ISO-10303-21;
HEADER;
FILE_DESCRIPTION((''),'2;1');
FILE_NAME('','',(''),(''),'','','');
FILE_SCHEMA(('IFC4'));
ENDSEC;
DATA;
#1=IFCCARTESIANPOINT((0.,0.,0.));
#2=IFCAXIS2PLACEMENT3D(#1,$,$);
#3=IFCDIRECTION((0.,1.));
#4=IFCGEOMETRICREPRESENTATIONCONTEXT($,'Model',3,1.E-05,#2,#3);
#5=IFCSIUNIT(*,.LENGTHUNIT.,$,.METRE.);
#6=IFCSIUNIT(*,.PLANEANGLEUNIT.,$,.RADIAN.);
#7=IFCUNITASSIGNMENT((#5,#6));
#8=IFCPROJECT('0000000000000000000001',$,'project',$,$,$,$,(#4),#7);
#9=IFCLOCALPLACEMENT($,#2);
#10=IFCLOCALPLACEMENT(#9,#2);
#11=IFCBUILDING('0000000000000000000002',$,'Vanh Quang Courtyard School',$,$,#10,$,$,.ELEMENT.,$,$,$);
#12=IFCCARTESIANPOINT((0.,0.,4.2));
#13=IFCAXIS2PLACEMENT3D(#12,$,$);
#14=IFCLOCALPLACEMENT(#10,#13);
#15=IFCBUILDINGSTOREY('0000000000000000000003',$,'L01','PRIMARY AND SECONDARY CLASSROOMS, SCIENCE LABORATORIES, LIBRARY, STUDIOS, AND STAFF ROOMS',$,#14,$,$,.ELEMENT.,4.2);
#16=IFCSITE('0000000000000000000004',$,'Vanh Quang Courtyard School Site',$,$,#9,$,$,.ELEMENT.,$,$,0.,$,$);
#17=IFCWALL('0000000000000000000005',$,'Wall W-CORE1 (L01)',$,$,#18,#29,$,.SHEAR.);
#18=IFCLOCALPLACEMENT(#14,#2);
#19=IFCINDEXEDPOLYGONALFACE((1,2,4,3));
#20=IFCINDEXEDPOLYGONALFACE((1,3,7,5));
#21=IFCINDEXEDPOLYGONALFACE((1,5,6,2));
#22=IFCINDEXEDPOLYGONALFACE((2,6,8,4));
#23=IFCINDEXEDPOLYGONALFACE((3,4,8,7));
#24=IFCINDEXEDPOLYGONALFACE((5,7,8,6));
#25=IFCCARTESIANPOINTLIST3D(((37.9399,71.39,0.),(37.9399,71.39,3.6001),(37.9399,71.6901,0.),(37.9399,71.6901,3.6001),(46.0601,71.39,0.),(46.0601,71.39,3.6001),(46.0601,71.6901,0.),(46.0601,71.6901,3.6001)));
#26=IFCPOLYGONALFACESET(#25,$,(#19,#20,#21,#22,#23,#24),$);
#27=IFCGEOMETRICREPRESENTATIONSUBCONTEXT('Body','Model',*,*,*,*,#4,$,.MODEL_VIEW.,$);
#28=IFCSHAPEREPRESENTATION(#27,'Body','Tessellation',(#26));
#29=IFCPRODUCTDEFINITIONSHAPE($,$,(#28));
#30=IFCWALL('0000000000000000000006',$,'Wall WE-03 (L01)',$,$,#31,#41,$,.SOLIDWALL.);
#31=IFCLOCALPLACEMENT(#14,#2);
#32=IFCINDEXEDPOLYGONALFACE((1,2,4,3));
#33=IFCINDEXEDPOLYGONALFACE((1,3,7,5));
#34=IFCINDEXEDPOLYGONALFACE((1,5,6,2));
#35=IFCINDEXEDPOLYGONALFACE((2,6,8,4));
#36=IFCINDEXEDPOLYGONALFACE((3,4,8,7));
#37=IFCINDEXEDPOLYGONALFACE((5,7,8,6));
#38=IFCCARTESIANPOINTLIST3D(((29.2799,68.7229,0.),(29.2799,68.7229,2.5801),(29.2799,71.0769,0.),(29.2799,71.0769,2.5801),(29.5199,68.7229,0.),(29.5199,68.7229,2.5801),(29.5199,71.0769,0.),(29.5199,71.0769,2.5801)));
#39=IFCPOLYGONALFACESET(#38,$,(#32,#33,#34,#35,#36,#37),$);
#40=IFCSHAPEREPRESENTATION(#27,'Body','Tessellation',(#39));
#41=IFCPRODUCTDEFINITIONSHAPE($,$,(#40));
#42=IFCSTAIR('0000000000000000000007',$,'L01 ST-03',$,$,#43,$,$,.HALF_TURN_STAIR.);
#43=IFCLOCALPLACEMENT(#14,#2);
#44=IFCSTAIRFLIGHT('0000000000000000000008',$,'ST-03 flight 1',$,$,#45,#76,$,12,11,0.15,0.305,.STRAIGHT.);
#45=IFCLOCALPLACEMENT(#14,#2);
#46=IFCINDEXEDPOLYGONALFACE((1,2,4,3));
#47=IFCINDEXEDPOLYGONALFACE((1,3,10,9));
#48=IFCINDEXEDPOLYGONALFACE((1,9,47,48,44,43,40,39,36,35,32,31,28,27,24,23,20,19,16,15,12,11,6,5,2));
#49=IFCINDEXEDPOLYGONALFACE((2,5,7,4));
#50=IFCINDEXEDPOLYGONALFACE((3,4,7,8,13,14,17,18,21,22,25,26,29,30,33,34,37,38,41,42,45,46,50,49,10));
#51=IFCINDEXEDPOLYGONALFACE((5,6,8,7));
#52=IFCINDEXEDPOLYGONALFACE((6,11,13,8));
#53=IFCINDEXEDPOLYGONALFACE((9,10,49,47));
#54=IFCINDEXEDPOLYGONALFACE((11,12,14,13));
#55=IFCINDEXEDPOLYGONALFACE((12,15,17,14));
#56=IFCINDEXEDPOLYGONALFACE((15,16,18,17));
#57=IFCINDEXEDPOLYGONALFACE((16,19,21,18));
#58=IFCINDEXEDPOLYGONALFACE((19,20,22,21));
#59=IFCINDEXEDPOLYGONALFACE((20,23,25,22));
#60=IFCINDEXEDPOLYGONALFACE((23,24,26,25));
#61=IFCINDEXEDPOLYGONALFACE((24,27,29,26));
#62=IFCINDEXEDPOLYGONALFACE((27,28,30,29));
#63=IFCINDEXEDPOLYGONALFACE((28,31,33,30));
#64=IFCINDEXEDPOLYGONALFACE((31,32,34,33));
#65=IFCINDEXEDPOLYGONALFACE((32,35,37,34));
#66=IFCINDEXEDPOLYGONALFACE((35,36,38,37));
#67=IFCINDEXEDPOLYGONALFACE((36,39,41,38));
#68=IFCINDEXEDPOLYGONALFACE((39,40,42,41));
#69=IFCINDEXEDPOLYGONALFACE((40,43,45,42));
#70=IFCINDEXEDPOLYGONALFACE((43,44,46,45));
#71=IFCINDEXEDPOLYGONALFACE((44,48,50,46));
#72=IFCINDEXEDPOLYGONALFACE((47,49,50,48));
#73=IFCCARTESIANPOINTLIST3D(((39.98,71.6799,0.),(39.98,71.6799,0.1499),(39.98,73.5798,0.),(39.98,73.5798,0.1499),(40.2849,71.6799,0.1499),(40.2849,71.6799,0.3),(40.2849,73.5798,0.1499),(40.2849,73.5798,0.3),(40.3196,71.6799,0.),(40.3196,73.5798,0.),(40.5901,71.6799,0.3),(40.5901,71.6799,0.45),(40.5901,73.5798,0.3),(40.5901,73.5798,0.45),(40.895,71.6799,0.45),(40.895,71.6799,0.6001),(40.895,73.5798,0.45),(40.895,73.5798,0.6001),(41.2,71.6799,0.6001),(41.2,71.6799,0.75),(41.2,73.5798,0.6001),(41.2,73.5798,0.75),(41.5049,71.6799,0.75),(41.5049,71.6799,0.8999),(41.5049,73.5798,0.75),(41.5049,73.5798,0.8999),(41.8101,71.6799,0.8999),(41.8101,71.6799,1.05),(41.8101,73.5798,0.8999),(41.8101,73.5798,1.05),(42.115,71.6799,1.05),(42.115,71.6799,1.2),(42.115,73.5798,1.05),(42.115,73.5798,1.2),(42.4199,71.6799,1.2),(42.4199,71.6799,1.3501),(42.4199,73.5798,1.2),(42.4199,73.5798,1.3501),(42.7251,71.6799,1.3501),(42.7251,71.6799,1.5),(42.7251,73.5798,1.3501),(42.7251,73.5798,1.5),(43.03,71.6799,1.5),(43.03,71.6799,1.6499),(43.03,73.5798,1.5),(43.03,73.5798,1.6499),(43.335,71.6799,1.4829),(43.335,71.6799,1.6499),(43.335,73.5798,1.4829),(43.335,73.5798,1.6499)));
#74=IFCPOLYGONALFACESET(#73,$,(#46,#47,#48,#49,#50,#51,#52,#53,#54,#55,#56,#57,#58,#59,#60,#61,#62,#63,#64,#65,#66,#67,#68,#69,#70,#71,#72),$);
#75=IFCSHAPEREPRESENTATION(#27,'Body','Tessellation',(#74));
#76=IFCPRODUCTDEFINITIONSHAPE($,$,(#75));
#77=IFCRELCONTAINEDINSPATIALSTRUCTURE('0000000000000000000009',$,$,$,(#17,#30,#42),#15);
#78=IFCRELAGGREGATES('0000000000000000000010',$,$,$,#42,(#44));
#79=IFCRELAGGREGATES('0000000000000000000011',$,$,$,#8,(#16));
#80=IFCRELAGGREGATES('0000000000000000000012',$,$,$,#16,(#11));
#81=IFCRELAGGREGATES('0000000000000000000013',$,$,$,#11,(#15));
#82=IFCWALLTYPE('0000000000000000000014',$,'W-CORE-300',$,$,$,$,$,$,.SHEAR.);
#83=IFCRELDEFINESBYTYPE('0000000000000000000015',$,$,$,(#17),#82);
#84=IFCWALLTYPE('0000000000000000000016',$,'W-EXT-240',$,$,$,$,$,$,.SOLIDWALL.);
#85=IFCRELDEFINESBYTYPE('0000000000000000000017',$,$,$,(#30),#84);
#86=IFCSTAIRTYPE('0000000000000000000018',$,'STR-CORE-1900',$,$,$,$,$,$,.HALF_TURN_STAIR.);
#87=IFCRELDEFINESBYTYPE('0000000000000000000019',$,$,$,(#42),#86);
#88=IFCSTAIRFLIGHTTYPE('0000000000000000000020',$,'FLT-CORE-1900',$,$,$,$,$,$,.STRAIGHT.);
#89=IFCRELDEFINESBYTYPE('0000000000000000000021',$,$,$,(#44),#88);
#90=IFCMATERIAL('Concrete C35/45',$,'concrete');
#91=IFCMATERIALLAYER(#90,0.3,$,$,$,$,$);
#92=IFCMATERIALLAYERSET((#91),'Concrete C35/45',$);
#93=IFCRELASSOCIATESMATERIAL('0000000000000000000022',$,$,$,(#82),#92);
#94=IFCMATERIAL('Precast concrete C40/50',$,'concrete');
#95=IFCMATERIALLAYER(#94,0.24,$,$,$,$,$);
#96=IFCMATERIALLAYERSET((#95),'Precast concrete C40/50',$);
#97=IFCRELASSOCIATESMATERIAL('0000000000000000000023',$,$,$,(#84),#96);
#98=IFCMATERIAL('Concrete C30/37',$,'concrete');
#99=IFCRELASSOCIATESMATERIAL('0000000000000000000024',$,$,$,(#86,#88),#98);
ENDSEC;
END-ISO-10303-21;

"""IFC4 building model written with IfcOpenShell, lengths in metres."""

from ifc_helpers import new_model, si_unit, direction, frame, frame_2d, origin, place, context, subcontext, project, spatial, polyline, rectangle, outline, extrude, material, layer, layer_set, type_object, element, aggregate, save


model = new_model("IFC4")

# Units and contexts
model_context = context("Model", 3, precision=1e-05, world=origin(), true_north=direction((0.0, 1.0)))
body_context = subcontext(model_context, "Body", "Model", "MODEL_VIEW")
ifc_project = project(units=[si_unit("LENGTHUNIT", "METRE"), si_unit("PLANEANGLEUNIT", "RADIAN")], contexts=[model_context])

# Site, building, storey
site_placement = place(None, origin())
site = spatial("IfcSite", under=ifc_project, at=site_placement, Name="Vanh Quang Courtyard School Site", CompositionType="ELEMENT", RefElevation=0.0)
building_placement = place(site_placement, origin())
building = spatial("IfcBuilding", under=site, at=building_placement, Name="Vanh Quang Courtyard School", CompositionType="ELEMENT")
storey_placement = place(building_placement, frame((0.0, 0.0, 4.2)))
storey = spatial("IfcBuildingStorey", under=building, at=storey_placement, Name="L01", Description="PRIMARY AND SECONDARY CLASSROOMS, SCIENCE LABORATORIES, LIBRARY, STUDIOS, AND STAFF ROOMS", CompositionType="ELEMENT", Elevation=4.2)

# Shared definitions
ifc_material_1 = material(Name="Concrete C35/45", Category="concrete")

# Shared definitions
ifc_material_2 = material(Name="Concrete C30/37", Category="concrete")

# Walls
ifc_layer_1 = layer(ifc_material_1, 0.3)
ifc_layer_set_1 = layer_set([ifc_layer_1], Name="Concrete C35/45")
wall_type_1 = type_object("IfcWallType", Name="W-CORE-300", PredefinedType="SHEAR", material=ifc_layer_set_1)
wall_1_placement = place(storey_placement, frame((37.9399, 71.54, 0.0), z_axis=(0.0, 0.0, 1.0), x_axis=(1.0, 0.0, 0.0)))
element("IfcWall", 1, at=wall_1_placement, inside=storey, type_object=wall_type_1, Name="Wall W-CORE1 (L01)", PredefinedType="SHEAR", context=body_context, shape_type="SweptSolid", body=[
    extrude(rectangle(XDim=8.1201, YDim=0.3, at=frame_2d((4.0601, 0.0))), origin(), (0.0, 0.0, 1.0), 3.6001),
])
ifc_material_3 = material(Name="Precast concrete C40/50", Category="concrete")
ifc_layer_2 = layer(ifc_material_3, 0.24)
ifc_layer_set_2 = layer_set([ifc_layer_2], Name="Precast concrete C40/50")
wall_type_2 = type_object("IfcWallType", Name="W-EXT-240", PredefinedType="SOLIDWALL", material=ifc_layer_set_2)
wall_2_placement = place(storey_placement, frame((29.3999, 68.7229, 0.0), z_axis=(0.0, 0.0, 1.0), x_axis=(0.0, 1.0, 0.0)))
element("IfcWall", 2, at=wall_2_placement, inside=storey, type_object=wall_type_2, Name="Wall WE-03 (L01)", PredefinedType="SOLIDWALL", context=body_context, shape_type="SweptSolid", body=[
    extrude(rectangle(XDim=2.354, YDim=0.24, at=frame_2d((1.177, 0.0))), origin(), (0.0, 0.0, 1.0), 2.5801),
])

# Stair, stair flight
stair_type = type_object("IfcStairType", Name="STR-CORE-1900", PredefinedType="HALF_TURN_STAIR", material=ifc_material_2)
stair_placement = place(storey_placement, origin())
stair = element("IfcStair", 3, at=stair_placement, inside=storey, type_object=stair_type, Name="L01 ST-03", PredefinedType="HALF_TURN_STAIR")
stair_flight_type = type_object("IfcStairFlightType", Name="FLT-CORE-1900", PredefinedType="STRAIGHT", material=ifc_material_2)
stair_flight_placement = place(storey_placement, frame((39.98, 72.6299, 0.0), z_axis=(0.0, 0.0, 1.0), x_axis=(1.0, 0.0, 0.0)))
stair_flight = element("IfcStairFlight", 4, at=stair_flight_placement, type_object=stair_flight_type, Name="ST-03 flight 1", NumberOfRisers=12, NumberOfTreads=11, PredefinedType="STRAIGHT", RiserHeight=0.15, TreadLength=0.305, context=body_context, shape_type="SweptSolid", body=[
    extrude(outline(polyline([(0.0, 0.0), (0.0, 0.1499), (0.3049, 0.1499), (0.3049, 0.3), (0.6101, 0.3), (0.6101, 0.45), (0.915, 0.45), (0.915, 0.6001), (1.22, 0.6001), (1.22, 0.75), (1.5249, 0.75), (1.5249, 0.8999), (1.8301, 0.8999), (1.8301, 1.05), (2.135, 1.05), (2.135, 1.2), (2.4399, 1.2), (2.4399, 1.3501), (2.7451, 1.3501), (2.7451, 1.5), (3.05, 1.5), (3.05, 1.6499), (3.355, 1.6499), (3.355, 1.8), (3.355, 1.4829), (0.3396, 0.0), (0.0, 0.0)])), frame((0.0, 0.95, 0.0), z_axis=(0.0, -1.0, 0.0), x_axis=(1.0, 0.0, 0.0)), (0.0, 0.0, 1.0), 1.8999),
])
aggregate(stair, [stair_flight])

save(model, "model.ifc")
